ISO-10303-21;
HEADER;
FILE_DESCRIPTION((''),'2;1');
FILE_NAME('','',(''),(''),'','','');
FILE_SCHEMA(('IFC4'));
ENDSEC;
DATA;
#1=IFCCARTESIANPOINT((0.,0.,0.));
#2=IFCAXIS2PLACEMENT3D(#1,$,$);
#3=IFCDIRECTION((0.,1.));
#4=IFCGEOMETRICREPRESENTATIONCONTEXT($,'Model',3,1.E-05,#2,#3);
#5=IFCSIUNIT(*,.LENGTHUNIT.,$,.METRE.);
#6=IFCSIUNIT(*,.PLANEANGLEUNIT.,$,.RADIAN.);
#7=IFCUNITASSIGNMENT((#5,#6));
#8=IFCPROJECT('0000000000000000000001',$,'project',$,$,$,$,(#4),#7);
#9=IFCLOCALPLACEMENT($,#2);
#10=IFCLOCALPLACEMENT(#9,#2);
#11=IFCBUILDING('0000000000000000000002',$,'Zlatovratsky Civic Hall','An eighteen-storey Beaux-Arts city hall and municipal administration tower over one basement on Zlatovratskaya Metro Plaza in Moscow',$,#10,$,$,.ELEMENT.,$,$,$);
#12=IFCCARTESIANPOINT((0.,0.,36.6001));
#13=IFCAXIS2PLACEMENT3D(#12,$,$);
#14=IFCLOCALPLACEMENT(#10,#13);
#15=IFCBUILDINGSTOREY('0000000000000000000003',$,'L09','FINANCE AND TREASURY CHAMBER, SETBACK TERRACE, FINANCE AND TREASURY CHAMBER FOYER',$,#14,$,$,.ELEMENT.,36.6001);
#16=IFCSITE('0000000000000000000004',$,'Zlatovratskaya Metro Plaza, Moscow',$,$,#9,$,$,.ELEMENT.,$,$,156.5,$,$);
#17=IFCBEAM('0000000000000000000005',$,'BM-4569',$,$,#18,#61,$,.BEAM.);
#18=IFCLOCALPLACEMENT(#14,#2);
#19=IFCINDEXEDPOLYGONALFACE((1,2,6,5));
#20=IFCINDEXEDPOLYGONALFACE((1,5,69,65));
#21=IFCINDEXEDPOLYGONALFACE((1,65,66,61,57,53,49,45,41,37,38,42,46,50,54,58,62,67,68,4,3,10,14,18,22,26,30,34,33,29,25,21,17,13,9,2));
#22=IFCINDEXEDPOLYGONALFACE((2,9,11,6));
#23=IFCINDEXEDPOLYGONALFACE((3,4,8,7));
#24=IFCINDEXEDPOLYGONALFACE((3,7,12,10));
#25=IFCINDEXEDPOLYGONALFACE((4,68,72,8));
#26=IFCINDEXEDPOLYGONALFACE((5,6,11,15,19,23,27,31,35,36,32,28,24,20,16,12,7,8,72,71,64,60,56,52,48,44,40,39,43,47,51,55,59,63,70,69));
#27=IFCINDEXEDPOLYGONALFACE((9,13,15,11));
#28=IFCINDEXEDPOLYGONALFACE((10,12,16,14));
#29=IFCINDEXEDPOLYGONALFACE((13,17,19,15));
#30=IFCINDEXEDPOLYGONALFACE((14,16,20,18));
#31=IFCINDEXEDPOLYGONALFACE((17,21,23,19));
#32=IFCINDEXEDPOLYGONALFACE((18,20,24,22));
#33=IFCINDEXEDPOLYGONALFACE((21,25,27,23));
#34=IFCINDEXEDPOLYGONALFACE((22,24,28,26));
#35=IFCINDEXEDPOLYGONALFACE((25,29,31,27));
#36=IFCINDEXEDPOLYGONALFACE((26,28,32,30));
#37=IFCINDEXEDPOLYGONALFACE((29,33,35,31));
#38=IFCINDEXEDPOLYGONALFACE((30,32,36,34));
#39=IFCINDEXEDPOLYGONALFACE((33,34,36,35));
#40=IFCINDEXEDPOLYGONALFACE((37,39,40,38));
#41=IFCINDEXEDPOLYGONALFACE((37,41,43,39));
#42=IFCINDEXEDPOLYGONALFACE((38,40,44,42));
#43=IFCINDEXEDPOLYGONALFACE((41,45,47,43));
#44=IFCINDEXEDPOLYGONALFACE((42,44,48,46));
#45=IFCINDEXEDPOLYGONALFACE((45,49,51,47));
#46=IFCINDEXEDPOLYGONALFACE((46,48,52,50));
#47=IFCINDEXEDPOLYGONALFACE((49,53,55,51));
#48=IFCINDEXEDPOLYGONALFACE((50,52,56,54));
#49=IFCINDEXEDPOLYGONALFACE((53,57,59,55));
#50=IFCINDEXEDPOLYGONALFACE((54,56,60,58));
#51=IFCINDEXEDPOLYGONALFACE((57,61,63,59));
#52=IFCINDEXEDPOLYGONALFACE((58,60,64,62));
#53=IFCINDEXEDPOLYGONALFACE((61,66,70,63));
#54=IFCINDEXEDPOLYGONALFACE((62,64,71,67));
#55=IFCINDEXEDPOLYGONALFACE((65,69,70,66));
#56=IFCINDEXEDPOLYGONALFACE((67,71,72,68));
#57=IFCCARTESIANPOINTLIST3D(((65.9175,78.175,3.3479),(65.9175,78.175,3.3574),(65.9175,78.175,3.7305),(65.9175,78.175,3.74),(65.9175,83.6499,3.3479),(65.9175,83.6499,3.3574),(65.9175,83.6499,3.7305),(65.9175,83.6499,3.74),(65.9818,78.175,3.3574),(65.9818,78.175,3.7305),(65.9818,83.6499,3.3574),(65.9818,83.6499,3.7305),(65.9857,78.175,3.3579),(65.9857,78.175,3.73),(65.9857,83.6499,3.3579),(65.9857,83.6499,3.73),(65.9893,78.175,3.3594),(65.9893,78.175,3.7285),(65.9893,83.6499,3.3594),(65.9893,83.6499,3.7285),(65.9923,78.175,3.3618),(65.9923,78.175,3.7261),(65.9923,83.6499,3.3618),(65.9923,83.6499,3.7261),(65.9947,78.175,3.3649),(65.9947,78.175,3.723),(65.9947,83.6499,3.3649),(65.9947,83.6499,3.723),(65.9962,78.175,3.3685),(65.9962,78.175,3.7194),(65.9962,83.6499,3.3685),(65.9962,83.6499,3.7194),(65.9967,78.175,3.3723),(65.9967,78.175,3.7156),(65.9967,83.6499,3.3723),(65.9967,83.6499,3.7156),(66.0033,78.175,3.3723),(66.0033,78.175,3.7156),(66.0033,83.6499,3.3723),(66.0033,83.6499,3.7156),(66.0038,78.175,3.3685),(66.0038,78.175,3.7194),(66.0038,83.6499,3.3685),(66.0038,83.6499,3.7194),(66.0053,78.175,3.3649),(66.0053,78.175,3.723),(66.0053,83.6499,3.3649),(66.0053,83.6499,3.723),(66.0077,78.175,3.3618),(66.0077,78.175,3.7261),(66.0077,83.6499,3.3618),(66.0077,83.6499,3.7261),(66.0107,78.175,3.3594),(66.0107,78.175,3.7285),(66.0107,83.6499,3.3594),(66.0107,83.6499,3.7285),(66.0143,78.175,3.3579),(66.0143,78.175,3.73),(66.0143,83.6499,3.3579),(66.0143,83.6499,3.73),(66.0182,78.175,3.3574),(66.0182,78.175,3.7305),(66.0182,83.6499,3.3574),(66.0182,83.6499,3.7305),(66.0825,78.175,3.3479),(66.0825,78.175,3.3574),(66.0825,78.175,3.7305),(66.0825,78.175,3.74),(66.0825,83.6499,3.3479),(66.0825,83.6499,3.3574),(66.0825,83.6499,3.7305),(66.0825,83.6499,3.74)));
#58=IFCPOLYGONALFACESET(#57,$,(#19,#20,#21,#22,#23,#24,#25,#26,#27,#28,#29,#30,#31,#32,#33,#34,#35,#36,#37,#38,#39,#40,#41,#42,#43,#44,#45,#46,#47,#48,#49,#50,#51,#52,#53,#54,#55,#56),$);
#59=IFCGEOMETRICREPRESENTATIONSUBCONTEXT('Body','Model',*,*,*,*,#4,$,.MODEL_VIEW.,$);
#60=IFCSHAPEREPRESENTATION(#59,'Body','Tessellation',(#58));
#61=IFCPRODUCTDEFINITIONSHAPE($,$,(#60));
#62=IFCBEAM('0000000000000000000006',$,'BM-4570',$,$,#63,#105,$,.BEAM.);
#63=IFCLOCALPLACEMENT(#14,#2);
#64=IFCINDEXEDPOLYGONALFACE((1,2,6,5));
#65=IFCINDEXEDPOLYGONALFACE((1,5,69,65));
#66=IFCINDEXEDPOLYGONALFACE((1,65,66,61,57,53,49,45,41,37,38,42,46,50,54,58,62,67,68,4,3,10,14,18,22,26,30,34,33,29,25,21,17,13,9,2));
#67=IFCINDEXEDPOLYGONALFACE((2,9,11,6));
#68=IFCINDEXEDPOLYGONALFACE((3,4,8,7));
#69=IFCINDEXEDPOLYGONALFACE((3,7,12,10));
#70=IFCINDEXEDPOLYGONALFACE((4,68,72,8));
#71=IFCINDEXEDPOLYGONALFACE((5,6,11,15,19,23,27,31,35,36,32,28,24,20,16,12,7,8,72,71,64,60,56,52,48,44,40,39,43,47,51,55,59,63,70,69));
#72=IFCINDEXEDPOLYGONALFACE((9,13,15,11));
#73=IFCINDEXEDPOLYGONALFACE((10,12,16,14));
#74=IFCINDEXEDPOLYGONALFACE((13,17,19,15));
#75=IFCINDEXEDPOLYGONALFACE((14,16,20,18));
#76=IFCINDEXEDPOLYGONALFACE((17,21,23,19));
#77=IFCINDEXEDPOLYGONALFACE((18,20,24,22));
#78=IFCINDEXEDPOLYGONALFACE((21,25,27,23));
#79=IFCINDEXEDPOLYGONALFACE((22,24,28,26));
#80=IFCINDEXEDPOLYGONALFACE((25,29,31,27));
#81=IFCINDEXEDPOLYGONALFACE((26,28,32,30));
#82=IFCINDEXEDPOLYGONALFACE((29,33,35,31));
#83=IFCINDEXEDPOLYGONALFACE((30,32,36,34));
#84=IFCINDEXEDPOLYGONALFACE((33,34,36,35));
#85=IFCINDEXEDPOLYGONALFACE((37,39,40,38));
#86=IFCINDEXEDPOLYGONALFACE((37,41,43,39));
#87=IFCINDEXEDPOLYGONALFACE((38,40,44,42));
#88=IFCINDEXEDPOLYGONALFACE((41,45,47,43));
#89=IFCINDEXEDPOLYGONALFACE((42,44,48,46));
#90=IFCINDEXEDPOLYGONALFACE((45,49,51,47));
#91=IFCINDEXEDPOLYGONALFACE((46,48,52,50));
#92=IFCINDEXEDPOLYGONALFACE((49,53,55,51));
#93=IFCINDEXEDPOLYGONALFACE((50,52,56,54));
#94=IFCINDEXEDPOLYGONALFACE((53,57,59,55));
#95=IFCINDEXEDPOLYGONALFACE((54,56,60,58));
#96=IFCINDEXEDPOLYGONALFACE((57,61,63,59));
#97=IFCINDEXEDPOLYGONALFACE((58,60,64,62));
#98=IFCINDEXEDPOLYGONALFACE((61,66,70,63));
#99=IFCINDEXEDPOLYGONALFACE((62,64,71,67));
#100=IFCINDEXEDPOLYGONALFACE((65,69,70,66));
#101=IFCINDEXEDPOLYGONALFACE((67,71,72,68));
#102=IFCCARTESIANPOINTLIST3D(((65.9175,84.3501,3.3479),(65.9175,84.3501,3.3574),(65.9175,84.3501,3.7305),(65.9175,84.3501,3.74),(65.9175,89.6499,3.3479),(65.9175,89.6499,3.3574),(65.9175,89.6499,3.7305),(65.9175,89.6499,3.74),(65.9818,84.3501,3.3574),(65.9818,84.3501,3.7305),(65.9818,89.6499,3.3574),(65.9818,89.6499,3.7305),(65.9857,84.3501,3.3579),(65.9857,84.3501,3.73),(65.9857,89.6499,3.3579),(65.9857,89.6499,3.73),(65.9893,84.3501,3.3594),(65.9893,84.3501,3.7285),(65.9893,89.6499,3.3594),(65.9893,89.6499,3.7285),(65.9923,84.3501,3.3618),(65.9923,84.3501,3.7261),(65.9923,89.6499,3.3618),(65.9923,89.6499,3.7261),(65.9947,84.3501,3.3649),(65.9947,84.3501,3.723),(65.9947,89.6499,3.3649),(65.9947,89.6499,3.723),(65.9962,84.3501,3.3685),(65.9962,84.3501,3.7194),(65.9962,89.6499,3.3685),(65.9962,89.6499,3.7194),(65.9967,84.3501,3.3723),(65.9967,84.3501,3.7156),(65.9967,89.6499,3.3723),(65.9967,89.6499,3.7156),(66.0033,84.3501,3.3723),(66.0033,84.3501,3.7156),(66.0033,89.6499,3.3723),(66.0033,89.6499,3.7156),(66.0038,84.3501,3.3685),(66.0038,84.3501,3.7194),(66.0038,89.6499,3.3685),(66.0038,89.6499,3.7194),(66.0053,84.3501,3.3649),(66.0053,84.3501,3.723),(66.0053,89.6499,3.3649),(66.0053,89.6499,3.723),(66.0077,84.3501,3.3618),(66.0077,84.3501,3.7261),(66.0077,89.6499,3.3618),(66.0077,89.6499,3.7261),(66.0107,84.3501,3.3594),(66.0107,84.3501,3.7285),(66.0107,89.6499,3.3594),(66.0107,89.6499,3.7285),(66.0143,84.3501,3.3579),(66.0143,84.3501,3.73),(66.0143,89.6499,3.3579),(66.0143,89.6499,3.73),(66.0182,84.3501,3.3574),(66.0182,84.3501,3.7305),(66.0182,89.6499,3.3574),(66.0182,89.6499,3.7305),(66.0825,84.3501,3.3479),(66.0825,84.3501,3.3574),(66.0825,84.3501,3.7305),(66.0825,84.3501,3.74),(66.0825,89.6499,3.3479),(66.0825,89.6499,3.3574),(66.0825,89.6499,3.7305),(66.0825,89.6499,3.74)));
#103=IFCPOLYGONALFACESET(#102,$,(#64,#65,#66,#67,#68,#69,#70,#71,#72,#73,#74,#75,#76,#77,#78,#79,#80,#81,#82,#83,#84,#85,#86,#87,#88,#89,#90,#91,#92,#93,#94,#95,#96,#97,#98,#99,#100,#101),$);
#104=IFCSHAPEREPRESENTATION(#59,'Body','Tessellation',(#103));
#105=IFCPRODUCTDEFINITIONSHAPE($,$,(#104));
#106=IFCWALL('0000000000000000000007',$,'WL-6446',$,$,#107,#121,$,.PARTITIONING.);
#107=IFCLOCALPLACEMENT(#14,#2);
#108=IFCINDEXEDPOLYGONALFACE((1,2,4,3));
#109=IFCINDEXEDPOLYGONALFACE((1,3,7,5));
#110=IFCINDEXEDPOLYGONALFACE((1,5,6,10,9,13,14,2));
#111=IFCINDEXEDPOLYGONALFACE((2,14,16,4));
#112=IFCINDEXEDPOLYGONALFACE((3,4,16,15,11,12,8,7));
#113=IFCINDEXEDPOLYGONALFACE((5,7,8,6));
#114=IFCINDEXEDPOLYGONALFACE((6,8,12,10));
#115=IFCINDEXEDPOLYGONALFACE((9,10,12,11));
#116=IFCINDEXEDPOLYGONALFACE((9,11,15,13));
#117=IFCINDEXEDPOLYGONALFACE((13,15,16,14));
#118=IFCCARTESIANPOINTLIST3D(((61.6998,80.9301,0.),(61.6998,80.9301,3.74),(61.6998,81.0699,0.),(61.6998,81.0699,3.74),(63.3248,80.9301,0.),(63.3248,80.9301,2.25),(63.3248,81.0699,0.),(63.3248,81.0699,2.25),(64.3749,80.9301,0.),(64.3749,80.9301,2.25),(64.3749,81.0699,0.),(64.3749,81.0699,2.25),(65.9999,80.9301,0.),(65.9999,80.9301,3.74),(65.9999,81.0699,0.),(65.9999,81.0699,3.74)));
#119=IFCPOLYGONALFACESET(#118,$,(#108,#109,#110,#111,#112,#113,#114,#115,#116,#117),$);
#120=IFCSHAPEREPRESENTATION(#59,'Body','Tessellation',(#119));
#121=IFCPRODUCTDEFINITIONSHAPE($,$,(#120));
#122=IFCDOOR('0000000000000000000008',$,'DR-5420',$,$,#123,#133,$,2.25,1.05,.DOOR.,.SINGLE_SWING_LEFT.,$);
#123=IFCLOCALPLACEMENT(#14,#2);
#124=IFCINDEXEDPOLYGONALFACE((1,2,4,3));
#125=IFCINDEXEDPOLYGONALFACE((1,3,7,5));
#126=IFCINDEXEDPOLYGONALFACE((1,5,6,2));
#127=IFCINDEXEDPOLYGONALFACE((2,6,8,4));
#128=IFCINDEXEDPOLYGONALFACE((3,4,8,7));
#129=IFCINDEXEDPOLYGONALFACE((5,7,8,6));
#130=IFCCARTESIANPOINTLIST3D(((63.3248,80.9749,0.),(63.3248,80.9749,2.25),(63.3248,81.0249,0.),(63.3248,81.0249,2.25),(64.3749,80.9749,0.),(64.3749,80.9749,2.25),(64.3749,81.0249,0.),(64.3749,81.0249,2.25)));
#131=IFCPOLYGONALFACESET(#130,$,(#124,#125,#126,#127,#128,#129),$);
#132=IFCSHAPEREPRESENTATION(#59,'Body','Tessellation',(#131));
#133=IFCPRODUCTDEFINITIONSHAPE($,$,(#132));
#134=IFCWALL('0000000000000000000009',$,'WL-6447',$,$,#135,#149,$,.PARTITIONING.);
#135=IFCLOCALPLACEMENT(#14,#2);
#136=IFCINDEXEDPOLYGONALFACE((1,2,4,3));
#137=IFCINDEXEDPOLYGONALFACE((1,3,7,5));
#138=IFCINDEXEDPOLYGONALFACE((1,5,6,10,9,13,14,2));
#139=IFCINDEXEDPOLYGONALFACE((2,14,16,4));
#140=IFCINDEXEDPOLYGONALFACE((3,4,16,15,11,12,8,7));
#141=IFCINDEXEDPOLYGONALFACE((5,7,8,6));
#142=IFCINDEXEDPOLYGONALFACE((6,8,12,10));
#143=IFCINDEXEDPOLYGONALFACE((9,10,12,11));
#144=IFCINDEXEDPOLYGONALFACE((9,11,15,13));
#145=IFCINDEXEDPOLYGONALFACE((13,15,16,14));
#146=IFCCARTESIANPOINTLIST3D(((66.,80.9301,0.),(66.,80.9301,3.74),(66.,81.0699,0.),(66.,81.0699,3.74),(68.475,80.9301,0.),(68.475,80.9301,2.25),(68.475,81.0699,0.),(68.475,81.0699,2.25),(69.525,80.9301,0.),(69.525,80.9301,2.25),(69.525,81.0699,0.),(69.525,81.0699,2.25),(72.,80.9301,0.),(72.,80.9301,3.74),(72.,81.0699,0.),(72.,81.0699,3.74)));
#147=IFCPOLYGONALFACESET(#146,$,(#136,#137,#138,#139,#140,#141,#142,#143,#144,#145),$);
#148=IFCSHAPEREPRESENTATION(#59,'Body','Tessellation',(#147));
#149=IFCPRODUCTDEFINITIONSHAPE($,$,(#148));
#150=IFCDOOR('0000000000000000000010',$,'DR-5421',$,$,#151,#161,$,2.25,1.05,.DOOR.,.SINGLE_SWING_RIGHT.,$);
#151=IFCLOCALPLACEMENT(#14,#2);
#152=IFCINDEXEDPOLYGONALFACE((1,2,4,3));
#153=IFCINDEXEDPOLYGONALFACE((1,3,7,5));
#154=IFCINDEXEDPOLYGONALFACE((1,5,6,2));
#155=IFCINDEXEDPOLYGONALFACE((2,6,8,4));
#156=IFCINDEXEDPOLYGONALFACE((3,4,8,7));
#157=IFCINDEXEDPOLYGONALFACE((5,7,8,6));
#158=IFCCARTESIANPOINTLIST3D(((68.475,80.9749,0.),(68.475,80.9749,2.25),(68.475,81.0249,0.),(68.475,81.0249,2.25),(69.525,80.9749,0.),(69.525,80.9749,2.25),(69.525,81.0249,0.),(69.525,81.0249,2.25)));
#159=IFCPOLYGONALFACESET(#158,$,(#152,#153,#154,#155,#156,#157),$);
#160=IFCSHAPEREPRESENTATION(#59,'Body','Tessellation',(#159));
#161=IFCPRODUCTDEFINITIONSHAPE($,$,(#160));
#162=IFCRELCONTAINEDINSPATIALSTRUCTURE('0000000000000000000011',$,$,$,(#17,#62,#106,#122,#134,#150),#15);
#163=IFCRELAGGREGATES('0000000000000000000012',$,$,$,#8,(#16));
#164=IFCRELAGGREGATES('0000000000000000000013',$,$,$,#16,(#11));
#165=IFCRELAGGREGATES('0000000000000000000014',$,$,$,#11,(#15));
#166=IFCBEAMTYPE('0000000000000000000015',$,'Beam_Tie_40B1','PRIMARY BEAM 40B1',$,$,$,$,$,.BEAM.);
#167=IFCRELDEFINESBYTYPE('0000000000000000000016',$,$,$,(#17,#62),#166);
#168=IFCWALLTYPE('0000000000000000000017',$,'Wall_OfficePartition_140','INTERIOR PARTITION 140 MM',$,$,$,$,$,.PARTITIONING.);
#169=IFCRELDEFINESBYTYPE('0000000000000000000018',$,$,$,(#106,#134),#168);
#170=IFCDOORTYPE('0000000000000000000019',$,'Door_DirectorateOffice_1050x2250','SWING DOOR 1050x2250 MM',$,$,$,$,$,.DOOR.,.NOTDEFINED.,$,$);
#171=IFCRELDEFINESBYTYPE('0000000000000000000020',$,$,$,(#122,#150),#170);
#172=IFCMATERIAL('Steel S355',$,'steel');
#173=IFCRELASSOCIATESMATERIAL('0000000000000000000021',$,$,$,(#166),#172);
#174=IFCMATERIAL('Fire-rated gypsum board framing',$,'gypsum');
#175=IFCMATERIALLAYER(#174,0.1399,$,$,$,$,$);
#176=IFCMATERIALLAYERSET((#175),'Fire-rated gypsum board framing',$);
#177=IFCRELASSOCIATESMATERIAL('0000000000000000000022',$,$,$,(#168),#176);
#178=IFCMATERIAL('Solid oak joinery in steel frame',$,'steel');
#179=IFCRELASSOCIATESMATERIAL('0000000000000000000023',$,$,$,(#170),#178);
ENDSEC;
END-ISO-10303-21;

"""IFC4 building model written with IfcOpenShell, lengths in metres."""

from ifc_helpers import new_model, si_unit, direction, frame, frame_2d, origin, origin_2d, place, context, subcontext, project, spatial, rectangle, i_section, extrude, material, layer, layer_set, material_profile, profile_set, type_object, element, fill, save


model = new_model("IFC4")

# Units and contexts
model_context = context("Model", 3, precision=1e-05, world=origin(), true_north=direction((0.0, 1.0)))
body_context = subcontext(model_context, "Body", "Model", "MODEL_VIEW")
ifc_project = project(units=[si_unit("LENGTHUNIT", "METRE"), si_unit("PLANEANGLEUNIT", "RADIAN")], contexts=[model_context])

# Site, building, storey
site_placement = place(None, origin())
site = spatial("IfcSite", under=ifc_project, at=site_placement, Name="Zlatovratskaya Metro Plaza, Moscow", CompositionType="ELEMENT", RefElevation=156.5)
building_placement = place(site_placement, origin())
building = spatial("IfcBuilding", under=site, at=building_placement, Name="Zlatovratsky Civic Hall", Description="An eighteen-storey Beaux-Arts city hall and municipal administration tower over one basement on Zlatovratskaya Metro Plaza in Moscow", CompositionType="ELEMENT")
storey_placement = place(building_placement, frame((0.0, 0.0, 36.6001)))
storey = spatial("IfcBuildingStorey", under=building, at=storey_placement, Name="L09", Description="FINANCE AND TREASURY CHAMBER, SETBACK TERRACE, FINANCE AND TREASURY CHAMBER FOYER", CompositionType="ELEMENT", Elevation=36.6001)

# Shared definitions
ifc_material_1 = material(Name="Steel S355", Category="steel")

# Beams
ifc_material_profile_1 = material_profile(ifc_material_1, i_section(OverallWidth=0.165, OverallDepth=0.3921, WebThickness=0.0066, FlangeThickness=0.0095, FilletRadius=0.0149, at=origin_2d()), Name="40B1")
ifc_profile_set_1 = profile_set([ifc_material_profile_1], Name="Steel S355")
beam_type_1 = type_object("IfcBeamType", Name="Beam_Tie_40B1", Description="PRIMARY BEAM 40B1", PredefinedType="BEAM", material=ifc_profile_set_1)
beam_1_placement = place(storey_placement, frame((66.0, 78.175, 3.5439), z_axis=(0.0, 1.0, 0.0), x_axis=(-1.0, 0.0, 0.0)))
element("IfcBeam", 1, at=beam_1_placement, inside=storey, type_object=beam_type_1, Name="BM-4569", PredefinedType="BEAM", context=body_context, shape_type="SweptSolid", body=[
    extrude(i_section(OverallWidth=0.165, OverallDepth=0.3921, WebThickness=0.0066, FlangeThickness=0.0095, FilletRadius=0.0149, at=origin_2d()), origin(), (0.0, 0.0, 1.0), 5.4749),
])
beam_2_placement = place(storey_placement, frame((66.0, 84.3501, 3.5439), z_axis=(0.0, 1.0, 0.0), x_axis=(-1.0, 0.0, 0.0)))
element("IfcBeam", 2, at=beam_2_placement, inside=storey, type_object=beam_type_1, Name="BM-4570", PredefinedType="BEAM", context=body_context, shape_type="SweptSolid", body=[
    extrude(i_section(OverallWidth=0.165, OverallDepth=0.3921, WebThickness=0.0066, FlangeThickness=0.0095, FilletRadius=0.0149, at=origin_2d()), origin(), (0.0, 0.0, 1.0), 5.2998),
])

# Walls, openings, doors
ifc_material_2 = material(Name="Fire-rated gypsum board framing", Category="gypsum")
ifc_layer_1 = layer(ifc_material_2, 0.1399)
ifc_layer_set_1 = layer_set([ifc_layer_1], Name="Fire-rated gypsum board framing")
wall_type_1 = type_object("IfcWallType", Name="Wall_OfficePartition_140", Description="INTERIOR PARTITION 140 MM", PredefinedType="PARTITIONING", material=ifc_layer_set_1)
wall_1_placement = place(storey_placement, frame((61.7, 81.0, 0.0), z_axis=(0.0, 0.0, 1.0), x_axis=(1.0, 0.0, 0.0)))
wall_1 = element("IfcWall", 3, at=wall_1_placement, inside=storey, type_object=wall_type_1, Name="WL-6446", PredefinedType="PARTITIONING", context=body_context, shape_type="SweptSolid", body=[
    extrude(rectangle(XDim=4.3, YDim=0.1399, at=frame_2d((2.1499, 0.0))), origin(), (0.0, 0.0, 1.0), 3.74),
])
opening_1_placement = place(wall_1_placement, frame((1.625, 0.0, 0.0)))
opening_1 = element("IfcOpeningElement", 4, at=opening_1_placement, cuts=wall_1, PredefinedType="OPENING", context=body_context, shape_type="SweptSolid", body=[
    extrude(rectangle(XDim=1.05, YDim=2.25, at=frame_2d((0.5249, 1.125))), frame((0.0, 0.085, 0.0), z_axis=(0.0, -1.0, 0.0), x_axis=(1.0, 0.0, 0.0)), (0.0, 0.0, 1.0), 0.1697),
])
ifc_material_3 = material(Name="Solid oak joinery in steel frame", Category="steel")
door_type_1 = type_object("IfcDoorType", Name="Door_DirectorateOffice_1050x2250", Description="SWING DOOR 1050x2250 MM", OperationType="NOTDEFINED", PredefinedType="DOOR", material=ifc_material_3)
door_1_placement = place(opening_1_placement, origin())
door_1 = element("IfcDoor", 5, at=door_1_placement, inside=storey, type_object=door_type_1, Name="DR-5420", OperationType="SINGLE_SWING_LEFT", OverallHeight=2.25, OverallWidth=1.05, PredefinedType="DOOR", context=body_context, shape_type="SweptSolid", body=[
    extrude(rectangle(XDim=1.05, YDim=2.25, at=frame_2d((0.5249, 1.125))), frame((0.0, 0.0249, 0.0), z_axis=(0.0, -1.0, 0.0), x_axis=(1.0, 0.0, 0.0)), (0.0, 0.0, 1.0), 0.05),
])
fill(opening_1, door_1)
wall_2_placement = place(storey_placement, frame((66.0, 81.0, 0.0), z_axis=(0.0, 0.0, 1.0), x_axis=(1.0, 0.0, 0.0)))
wall_2 = element("IfcWall", 6, at=wall_2_placement, inside=storey, type_object=wall_type_1, Name="WL-6447", PredefinedType="PARTITIONING", context=body_context, shape_type="SweptSolid", body=[
    extrude(rectangle(XDim=6.0, YDim=0.1399, at=frame_2d((3.0, 0.0))), origin(), (0.0, 0.0, 1.0), 3.74),
])
opening_2_placement = place(wall_2_placement, frame((2.4751, 0.0, 0.0)))
opening_2 = element("IfcOpeningElement", 7, at=opening_2_placement, cuts=wall_2, PredefinedType="OPENING", context=body_context, shape_type="SweptSolid", body=[
    extrude(rectangle(XDim=1.05, YDim=2.25, at=frame_2d((0.5249, 1.125))), frame((0.0, 0.085, 0.0), z_axis=(0.0, -1.0, 0.0), x_axis=(1.0, 0.0, 0.0)), (0.0, 0.0, 1.0), 0.1697),
])
door_2_placement = place(opening_2_placement, origin())
door_2 = element("IfcDoor", 8, at=door_2_placement, inside=storey, type_object=door_type_1, Name="DR-5421", OperationType="SINGLE_SWING_RIGHT", OverallHeight=2.25, OverallWidth=1.05, PredefinedType="DOOR", context=body_context, shape_type="SweptSolid", body=[
    extrude(rectangle(XDim=1.05, YDim=2.25, at=frame_2d((0.5249, 1.125))), frame((0.0, 0.0249, 0.0), z_axis=(0.0, -1.0, 0.0), x_axis=(1.0, 0.0, 0.0)), (0.0, 0.0, 1.0), 0.05),
])
fill(opening_2, door_2)

save(model, "model.ifc")
